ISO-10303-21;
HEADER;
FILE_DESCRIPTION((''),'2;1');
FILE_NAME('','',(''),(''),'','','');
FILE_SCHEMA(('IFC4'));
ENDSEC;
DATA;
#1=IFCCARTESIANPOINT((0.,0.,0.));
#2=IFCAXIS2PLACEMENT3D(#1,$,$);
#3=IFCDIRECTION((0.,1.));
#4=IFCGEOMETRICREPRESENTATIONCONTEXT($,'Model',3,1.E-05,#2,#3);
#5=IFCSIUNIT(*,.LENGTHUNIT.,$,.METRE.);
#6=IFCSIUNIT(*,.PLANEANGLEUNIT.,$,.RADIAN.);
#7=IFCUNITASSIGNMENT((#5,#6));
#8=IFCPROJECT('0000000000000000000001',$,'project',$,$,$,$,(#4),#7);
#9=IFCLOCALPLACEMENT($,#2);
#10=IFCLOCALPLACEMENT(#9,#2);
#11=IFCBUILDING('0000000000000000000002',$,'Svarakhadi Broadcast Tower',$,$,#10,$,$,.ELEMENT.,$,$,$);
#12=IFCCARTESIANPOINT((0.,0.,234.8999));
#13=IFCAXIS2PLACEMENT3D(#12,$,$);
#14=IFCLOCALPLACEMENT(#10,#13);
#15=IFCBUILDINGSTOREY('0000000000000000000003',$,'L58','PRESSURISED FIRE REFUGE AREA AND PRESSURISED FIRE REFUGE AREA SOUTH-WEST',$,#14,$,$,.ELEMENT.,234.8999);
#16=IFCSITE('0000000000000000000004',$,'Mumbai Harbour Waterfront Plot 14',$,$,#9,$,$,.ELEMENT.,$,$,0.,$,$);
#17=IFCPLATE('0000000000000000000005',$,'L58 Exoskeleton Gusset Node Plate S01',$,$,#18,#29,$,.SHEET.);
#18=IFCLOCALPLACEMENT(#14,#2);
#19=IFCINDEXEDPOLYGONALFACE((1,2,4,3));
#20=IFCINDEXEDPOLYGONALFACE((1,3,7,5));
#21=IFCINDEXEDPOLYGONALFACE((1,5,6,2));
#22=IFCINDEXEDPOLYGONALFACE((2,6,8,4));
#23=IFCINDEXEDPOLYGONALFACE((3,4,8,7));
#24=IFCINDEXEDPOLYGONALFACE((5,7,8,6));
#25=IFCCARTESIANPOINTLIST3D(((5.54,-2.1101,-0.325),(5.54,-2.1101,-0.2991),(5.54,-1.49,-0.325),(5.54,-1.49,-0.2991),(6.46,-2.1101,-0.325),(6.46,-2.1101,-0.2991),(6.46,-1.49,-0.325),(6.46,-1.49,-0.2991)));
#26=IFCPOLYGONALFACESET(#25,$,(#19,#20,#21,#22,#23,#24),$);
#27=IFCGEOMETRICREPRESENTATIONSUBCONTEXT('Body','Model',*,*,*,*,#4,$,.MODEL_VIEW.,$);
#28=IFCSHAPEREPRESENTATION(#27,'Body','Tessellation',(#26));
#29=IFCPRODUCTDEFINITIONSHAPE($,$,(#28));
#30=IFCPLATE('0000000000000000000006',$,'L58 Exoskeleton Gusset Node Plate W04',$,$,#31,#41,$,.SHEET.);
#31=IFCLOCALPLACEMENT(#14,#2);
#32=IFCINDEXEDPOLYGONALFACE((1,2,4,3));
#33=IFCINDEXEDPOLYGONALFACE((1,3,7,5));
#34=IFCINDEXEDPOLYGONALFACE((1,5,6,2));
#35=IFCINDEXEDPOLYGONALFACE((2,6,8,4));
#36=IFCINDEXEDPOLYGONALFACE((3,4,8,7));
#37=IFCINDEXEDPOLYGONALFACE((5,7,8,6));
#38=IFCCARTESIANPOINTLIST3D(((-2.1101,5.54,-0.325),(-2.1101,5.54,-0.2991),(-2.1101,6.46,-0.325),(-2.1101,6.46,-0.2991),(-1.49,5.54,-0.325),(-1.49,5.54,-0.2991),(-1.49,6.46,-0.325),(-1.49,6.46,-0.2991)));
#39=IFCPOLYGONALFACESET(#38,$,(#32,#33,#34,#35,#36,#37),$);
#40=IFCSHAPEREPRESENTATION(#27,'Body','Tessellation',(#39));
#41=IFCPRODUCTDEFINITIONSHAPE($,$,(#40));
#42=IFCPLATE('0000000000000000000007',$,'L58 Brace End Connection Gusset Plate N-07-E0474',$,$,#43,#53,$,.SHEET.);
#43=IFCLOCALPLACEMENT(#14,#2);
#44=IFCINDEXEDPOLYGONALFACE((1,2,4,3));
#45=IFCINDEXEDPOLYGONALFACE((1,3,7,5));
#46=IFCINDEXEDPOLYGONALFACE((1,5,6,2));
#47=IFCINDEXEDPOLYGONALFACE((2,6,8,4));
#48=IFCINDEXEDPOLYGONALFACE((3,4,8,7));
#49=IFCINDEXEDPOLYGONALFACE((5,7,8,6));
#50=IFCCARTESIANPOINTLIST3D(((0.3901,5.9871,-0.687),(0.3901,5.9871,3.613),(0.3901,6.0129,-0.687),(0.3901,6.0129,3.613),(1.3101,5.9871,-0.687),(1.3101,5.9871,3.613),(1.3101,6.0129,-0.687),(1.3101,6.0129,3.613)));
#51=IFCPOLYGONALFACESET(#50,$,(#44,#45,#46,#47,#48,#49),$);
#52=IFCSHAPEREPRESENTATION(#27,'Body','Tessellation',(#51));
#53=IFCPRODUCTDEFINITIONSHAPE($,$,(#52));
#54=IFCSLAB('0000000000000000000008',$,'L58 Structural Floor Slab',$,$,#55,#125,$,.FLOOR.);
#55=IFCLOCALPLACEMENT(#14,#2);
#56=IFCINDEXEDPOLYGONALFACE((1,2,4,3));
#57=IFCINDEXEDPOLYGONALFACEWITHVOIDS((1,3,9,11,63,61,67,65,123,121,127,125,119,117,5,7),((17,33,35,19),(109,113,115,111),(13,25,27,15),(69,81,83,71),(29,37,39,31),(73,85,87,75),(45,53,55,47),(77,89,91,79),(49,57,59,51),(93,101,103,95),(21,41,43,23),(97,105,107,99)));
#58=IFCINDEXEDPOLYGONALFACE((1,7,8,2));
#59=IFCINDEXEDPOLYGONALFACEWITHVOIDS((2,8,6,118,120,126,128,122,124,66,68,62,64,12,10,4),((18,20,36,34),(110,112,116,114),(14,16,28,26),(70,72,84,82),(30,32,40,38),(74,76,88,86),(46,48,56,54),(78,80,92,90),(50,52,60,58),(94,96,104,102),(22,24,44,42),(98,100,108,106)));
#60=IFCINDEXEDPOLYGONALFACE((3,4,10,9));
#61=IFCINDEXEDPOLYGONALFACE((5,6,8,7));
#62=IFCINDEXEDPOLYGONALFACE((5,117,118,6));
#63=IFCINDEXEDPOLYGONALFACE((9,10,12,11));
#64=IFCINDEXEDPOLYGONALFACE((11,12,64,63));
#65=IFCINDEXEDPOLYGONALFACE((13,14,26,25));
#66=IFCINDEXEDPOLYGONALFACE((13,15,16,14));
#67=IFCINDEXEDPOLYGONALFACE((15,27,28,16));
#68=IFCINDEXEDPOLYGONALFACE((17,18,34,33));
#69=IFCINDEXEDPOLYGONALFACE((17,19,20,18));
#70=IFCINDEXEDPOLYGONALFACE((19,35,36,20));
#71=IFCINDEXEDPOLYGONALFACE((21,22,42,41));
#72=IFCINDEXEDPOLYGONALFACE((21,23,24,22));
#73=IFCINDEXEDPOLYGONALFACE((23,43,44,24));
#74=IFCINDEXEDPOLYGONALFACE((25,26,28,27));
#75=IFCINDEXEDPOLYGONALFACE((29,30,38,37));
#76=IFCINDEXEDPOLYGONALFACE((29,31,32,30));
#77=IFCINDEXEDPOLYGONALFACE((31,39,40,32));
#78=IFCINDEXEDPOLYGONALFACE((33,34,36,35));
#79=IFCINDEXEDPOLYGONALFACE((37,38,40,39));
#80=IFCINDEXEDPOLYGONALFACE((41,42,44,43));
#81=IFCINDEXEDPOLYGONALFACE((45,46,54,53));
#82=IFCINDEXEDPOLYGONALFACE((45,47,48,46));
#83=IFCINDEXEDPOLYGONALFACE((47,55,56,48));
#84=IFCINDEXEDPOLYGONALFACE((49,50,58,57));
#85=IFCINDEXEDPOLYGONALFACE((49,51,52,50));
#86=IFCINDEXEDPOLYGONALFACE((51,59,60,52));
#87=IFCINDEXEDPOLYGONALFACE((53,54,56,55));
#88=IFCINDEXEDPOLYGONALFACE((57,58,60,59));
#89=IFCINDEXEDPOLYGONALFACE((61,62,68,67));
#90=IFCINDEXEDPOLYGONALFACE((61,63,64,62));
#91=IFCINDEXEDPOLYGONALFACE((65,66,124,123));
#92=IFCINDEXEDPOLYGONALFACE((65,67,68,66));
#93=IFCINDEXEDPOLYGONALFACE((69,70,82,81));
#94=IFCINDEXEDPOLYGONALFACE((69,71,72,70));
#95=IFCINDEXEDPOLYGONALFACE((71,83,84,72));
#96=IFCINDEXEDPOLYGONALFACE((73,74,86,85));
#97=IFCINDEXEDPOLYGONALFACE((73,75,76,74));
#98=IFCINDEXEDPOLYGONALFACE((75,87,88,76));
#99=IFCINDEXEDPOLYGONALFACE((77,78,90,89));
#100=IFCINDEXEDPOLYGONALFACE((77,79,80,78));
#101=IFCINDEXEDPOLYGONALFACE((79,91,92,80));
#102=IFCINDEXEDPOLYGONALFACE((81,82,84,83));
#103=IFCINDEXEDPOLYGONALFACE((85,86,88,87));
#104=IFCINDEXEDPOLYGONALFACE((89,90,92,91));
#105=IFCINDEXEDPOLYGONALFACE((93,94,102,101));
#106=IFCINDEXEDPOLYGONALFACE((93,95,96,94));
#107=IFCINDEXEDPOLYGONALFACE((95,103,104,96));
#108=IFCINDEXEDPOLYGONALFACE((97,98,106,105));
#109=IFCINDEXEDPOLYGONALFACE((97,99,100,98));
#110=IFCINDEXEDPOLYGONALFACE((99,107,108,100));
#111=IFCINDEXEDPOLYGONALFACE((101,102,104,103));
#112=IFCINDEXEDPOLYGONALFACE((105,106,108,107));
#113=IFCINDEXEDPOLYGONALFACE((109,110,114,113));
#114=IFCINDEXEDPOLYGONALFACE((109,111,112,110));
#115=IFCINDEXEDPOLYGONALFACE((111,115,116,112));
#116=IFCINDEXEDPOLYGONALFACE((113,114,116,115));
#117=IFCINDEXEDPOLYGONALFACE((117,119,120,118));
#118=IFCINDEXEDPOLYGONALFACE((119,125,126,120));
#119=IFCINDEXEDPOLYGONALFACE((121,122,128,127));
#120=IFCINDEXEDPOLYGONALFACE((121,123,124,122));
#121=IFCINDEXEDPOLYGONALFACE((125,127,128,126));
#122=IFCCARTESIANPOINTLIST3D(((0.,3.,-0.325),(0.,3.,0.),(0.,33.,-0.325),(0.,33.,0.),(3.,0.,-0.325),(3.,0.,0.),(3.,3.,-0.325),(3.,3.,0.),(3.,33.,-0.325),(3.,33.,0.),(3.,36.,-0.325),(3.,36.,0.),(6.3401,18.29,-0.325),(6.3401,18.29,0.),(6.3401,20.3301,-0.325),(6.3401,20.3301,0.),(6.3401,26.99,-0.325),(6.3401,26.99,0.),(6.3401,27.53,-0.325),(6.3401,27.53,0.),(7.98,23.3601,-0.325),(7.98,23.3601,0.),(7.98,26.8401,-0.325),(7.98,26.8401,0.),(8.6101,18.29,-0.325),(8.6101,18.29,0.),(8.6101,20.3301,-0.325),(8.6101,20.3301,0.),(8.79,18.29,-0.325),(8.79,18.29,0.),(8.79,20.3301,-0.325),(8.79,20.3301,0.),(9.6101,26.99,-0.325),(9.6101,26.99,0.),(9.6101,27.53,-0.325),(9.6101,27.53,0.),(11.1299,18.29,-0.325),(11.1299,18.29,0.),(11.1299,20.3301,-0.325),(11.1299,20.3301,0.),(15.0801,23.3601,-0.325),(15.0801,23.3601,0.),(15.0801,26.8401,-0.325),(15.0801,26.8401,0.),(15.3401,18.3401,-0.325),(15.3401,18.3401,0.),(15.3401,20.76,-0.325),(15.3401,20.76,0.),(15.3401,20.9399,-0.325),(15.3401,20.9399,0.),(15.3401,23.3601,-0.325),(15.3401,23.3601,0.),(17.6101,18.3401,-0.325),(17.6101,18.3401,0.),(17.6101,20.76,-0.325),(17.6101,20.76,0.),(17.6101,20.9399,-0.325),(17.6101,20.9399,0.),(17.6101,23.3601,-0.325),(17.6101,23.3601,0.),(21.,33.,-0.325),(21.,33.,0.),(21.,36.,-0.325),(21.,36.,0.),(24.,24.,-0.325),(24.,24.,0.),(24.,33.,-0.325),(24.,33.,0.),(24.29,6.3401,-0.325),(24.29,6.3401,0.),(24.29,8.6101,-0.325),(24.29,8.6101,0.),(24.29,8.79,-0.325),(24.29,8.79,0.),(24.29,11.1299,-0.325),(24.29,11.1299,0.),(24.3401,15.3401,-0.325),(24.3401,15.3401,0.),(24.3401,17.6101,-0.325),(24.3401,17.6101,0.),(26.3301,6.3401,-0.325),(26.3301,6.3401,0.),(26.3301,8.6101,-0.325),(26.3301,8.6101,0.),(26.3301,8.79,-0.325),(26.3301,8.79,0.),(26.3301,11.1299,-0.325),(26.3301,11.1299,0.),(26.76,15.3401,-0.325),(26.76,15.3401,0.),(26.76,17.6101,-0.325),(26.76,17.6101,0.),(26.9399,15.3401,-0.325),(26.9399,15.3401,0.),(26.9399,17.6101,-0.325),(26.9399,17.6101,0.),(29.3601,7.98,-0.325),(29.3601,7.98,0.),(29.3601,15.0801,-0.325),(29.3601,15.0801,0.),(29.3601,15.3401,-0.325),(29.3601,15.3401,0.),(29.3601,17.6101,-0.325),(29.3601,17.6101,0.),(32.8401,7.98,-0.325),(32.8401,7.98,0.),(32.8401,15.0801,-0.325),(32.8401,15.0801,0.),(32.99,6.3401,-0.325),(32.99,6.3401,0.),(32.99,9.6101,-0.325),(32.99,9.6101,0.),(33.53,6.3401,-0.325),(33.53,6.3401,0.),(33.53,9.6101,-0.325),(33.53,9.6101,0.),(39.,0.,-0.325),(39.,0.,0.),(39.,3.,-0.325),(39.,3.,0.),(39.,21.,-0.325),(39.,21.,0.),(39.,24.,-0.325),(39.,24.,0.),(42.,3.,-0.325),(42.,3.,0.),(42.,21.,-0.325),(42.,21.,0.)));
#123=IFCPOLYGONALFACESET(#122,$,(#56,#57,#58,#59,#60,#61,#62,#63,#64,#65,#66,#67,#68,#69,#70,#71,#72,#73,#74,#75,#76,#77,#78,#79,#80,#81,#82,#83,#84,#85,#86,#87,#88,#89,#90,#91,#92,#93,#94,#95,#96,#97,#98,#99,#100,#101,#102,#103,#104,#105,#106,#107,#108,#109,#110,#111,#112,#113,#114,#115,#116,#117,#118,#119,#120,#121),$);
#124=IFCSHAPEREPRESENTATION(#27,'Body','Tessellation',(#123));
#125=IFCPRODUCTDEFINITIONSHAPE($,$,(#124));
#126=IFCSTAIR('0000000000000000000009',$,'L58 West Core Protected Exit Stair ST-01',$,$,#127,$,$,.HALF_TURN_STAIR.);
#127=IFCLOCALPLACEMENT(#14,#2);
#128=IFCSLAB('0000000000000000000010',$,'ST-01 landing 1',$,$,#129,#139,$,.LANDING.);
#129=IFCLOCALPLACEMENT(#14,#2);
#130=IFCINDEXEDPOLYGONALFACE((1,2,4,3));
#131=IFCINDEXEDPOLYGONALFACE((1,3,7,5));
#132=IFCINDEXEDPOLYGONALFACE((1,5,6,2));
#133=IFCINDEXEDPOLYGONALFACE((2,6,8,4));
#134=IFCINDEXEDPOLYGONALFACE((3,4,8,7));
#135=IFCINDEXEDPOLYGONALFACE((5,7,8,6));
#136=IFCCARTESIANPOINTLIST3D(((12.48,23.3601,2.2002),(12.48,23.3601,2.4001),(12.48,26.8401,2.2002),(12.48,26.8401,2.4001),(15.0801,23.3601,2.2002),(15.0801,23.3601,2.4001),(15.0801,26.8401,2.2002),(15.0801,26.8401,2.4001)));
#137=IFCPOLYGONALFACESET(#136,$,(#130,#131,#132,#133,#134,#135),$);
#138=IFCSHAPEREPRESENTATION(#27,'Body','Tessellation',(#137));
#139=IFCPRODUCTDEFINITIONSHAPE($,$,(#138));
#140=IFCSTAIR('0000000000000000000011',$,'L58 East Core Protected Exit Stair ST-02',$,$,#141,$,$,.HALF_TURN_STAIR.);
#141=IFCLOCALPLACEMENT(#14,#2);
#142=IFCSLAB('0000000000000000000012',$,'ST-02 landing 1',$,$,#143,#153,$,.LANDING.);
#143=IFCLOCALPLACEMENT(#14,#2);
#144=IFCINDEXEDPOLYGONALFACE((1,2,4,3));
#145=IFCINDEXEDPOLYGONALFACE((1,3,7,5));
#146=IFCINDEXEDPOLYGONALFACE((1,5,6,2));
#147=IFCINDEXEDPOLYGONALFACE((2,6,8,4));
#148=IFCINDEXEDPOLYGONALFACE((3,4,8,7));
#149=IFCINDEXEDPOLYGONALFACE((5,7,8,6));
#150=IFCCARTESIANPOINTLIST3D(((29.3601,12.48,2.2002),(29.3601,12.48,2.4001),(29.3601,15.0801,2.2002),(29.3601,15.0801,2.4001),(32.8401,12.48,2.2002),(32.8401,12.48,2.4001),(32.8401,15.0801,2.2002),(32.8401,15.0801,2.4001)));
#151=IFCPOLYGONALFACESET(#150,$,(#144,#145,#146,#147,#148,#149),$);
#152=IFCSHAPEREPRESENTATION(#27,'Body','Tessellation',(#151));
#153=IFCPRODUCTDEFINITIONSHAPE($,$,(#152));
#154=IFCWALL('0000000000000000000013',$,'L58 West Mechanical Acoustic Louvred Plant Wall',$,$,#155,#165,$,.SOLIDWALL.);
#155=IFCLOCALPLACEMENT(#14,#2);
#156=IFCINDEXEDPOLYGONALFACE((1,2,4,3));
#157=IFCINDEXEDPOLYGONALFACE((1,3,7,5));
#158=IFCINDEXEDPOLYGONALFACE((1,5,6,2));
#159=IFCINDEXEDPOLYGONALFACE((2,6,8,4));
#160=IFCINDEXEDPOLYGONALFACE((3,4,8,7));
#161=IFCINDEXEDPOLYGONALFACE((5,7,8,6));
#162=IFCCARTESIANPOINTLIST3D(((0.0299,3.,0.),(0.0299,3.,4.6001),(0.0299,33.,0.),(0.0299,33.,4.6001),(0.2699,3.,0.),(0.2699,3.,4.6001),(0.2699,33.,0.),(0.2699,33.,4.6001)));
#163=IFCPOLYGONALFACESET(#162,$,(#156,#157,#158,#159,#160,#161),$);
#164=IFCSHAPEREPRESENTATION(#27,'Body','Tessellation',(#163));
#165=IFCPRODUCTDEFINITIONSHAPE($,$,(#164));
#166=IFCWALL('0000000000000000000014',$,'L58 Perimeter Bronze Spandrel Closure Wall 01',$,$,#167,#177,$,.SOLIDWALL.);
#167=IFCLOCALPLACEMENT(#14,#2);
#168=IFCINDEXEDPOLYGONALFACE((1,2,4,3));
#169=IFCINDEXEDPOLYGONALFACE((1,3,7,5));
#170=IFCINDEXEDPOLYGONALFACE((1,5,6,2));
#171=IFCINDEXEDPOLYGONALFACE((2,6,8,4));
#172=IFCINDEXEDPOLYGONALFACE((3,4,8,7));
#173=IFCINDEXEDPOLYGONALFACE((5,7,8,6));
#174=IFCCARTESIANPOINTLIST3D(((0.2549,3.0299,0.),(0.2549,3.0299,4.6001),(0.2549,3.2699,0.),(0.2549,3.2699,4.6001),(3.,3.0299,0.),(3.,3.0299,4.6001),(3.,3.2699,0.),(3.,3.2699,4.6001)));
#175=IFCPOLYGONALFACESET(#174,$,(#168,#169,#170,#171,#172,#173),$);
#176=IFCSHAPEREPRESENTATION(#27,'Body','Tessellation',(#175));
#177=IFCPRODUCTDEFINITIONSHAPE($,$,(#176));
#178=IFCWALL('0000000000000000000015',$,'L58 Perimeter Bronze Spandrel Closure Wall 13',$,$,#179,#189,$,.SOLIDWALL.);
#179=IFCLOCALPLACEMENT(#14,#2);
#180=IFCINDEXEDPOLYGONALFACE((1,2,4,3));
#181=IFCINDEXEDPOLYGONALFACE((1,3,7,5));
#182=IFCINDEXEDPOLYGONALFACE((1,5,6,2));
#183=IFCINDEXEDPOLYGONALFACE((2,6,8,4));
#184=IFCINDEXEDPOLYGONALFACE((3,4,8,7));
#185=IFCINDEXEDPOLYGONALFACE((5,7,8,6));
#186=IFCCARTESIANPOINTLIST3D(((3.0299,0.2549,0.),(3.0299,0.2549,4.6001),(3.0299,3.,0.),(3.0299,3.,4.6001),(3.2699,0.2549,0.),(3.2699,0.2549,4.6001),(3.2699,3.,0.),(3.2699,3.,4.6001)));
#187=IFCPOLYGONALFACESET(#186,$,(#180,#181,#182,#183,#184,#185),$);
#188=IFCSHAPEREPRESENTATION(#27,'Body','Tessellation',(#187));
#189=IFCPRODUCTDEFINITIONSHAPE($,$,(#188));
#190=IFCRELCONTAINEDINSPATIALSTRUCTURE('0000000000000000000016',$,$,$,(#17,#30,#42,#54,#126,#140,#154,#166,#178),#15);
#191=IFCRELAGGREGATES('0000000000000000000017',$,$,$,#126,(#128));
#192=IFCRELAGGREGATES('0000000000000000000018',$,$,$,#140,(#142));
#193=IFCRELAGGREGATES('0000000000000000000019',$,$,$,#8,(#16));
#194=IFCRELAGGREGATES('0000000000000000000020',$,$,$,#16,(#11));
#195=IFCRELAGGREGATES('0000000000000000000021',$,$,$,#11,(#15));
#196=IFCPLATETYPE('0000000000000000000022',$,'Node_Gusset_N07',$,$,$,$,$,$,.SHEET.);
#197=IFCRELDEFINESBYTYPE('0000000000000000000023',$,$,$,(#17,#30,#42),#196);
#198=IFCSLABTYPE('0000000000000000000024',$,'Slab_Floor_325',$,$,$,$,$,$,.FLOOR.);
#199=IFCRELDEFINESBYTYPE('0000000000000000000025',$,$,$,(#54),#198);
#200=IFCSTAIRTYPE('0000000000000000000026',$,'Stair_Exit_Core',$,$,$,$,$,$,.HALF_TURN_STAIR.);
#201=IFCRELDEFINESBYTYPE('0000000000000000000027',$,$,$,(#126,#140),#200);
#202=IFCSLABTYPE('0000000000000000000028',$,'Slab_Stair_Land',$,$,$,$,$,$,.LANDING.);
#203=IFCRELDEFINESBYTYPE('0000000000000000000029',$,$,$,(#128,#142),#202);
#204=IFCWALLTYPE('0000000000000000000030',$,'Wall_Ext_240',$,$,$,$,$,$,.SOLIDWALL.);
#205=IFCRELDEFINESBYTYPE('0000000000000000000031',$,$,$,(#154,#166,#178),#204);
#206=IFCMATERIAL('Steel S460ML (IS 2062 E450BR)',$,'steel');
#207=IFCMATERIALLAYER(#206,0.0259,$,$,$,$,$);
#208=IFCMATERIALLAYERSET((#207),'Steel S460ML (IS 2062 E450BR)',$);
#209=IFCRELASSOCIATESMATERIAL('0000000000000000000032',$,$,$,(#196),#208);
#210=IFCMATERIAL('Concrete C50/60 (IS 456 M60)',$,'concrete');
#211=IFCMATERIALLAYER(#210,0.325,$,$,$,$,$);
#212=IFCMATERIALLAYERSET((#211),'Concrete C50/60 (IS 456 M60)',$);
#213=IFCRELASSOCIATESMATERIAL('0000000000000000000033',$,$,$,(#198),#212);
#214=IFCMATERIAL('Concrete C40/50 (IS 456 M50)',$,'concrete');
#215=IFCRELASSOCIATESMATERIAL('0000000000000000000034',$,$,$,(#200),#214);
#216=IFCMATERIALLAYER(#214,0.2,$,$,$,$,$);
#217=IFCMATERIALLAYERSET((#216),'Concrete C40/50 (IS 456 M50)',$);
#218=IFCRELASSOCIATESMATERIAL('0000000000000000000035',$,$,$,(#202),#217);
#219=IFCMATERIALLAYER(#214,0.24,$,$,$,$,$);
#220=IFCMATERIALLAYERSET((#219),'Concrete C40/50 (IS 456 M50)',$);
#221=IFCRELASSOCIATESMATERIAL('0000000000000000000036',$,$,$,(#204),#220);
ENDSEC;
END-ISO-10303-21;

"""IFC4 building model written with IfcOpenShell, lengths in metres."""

from ifc_helpers import new_model, si_unit, direction, frame, frame_2d, origin, origin_2d, place, context, subcontext, project, spatial, polyline, rectangle, outline, extrude, material, layer, layer_set, type_object, element, aggregate, save


model = new_model("IFC4")

# Units and contexts
model_context = context("Model", 3, precision=1e-05, world=origin(), true_north=direction((0.0, 1.0)))
body_context = subcontext(model_context, "Body", "Model", "MODEL_VIEW")
ifc_project = project(units=[si_unit("LENGTHUNIT", "METRE"), si_unit("PLANEANGLEUNIT", "RADIAN")], contexts=[model_context])

# Site, building, storey
site_placement = place(None, origin())
site = spatial("IfcSite", under=ifc_project, at=site_placement, Name="Mumbai Harbour Waterfront Plot 14", CompositionType="ELEMENT", RefElevation=0.0)
building_placement = place(site_placement, origin())
building = spatial("IfcBuilding", under=site, at=building_placement, Name="Svarakhadi Broadcast Tower", CompositionType="ELEMENT")
storey_placement = place(building_placement, frame((0.0, 0.0, 234.8999)))
storey = spatial("IfcBuildingStorey", under=building, at=storey_placement, Name="L58", Description="PRESSURISED FIRE REFUGE AREA AND PRESSURISED FIRE REFUGE AREA SOUTH-WEST", CompositionType="ELEMENT", Elevation=234.8999)

# Shared definitions
ifc_material_1 = material(Name="Steel S460ML (IS 2062 E450BR)", Category="steel")

# Plates
ifc_layer_1 = layer(ifc_material_1, 0.0259)
ifc_layer_set_1 = layer_set([ifc_layer_1], Name="Steel S460ML (IS 2062 E450BR)")
plate_type = type_object("IfcPlateType", Name="Node_Gusset_N07", PredefinedType="SHEET", material=ifc_layer_set_1)
for number, where, z_axis, x_axis, name in (
    (1, (6.0, -1.8, -0.325), (0.0, 0.0, 1.0), (1.0, 0.0, 0.0), "L58 Exoskeleton Gusset Node Plate S01"),
    (2, (-1.8, 6.0, -0.325), (0.0, 0.0, 1.0), (0.0, 1.0, 0.0), "L58 Exoskeleton Gusset Node Plate W04"),
):
    element("IfcPlate", number, at=place(storey_placement, frame(where, z_axis=z_axis, x_axis=x_axis)), inside=storey, type_object=plate_type, Name=name, PredefinedType="SHEET", context=body_context, shape_type="SweptSolid", body=[
        extrude(rectangle(XDim=0.9199, YDim=0.6201, at=origin_2d()), origin(), (0.0, 0.0, 1.0), 0.0259),
    ])
plate_placement = place(storey_placement, frame((0.8501, 6.0, -0.687), z_axis=(0.0, 0.0, 1.0), x_axis=(1.0, 0.0, 0.0)))
element("IfcPlate", 3, at=plate_placement, inside=storey, type_object=plate_type, Name="L58 Brace End Connection Gusset Plate N-07-E0474", PredefinedType="SHEET", context=body_context, shape_type="SweptSolid", body=[
    extrude(rectangle(XDim=0.9199, YDim=0.0259, at=origin_2d()), origin(), (0.0, 0.0, 1.0), 4.3),
])

# Slab
ifc_material_2 = material(Name="Concrete C50/60 (IS 456 M60)", Category="concrete")
ifc_layer_2 = layer(ifc_material_2, 0.325)
ifc_layer_set_2 = layer_set([ifc_layer_2], Name="Concrete C50/60 (IS 456 M60)")
slab_type_1 = type_object("IfcSlabType", Name="Slab_Floor_325", PredefinedType="FLOOR", material=ifc_layer_set_2)
slab_1_placement = place(storey_placement, frame((0.0, 0.0, -0.325)))
element("IfcSlab", 4, at=slab_1_placement, inside=storey, type_object=slab_type_1, Name="L58 Structural Floor Slab", PredefinedType="FLOOR", context=body_context, shape_type="SweptSolid", body=[
    extrude(outline(polyline([(3.0, 0.0), (39.0, 0.0), (39.0, 3.0), (42.0, 3.0), (42.0, 21.0), (39.0, 21.0), (39.0, 24.0), (24.0, 24.0), (24.0, 33.0), (21.0, 33.0), (21.0, 36.0), (3.0, 36.0), (3.0, 33.0), (0.0, 33.0), (0.0, 3.0), (3.0, 3.0), (3.0, 0.0)]), holes=[polyline([(7.98, 23.3601), (15.0801, 23.3601), (15.0801, 26.8401), (7.98, 26.8401), (7.98, 23.3601)]), polyline([(32.8401, 7.98), (32.8401, 15.0801), (29.3601, 15.0801), (29.3601, 7.98), (32.8401, 7.98)]), polyline([(6.3401, 18.29), (8.6101, 18.29), (8.6101, 20.3301), (6.3401, 20.3301), (6.3401, 18.29)]), polyline([(8.79, 18.29), (11.1299, 18.29), (11.1299, 20.3301), (8.79, 20.3301), (8.79, 18.29)]), polyline([(24.29, 6.3401), (26.3301, 6.3401), (26.3301, 8.6101), (24.29, 8.6101), (24.29, 6.3401)]), polyline([(24.29, 8.79), (26.3301, 8.79), (26.3301, 11.1299), (24.29, 11.1299), (24.29, 8.79)]), polyline([(6.3401, 26.99), (9.6101, 26.99), (9.6101, 27.53), (6.3401, 27.53), (6.3401, 26.99)]), polyline([(32.99, 6.3401), (33.53, 6.3401), (33.53, 9.6101), (32.99, 9.6101), (32.99, 6.3401)]), polyline([(15.3401, 18.3401), (17.6101, 18.3401), (17.6101, 20.76), (15.3401, 20.76), (15.3401, 18.3401)]), polyline([(15.3401, 20.9399), (17.6101, 20.9399), (17.6101, 23.3601), (15.3401, 23.3601), (15.3401, 20.9399)]), polyline([(24.3401, 15.3401), (26.76, 15.3401), (26.76, 17.6101), (24.3401, 17.6101), (24.3401, 15.3401)]), polyline([(26.9399, 15.3401), (29.3601, 15.3401), (29.3601, 17.6101), (26.9399, 17.6101), (26.9399, 15.3401)])]), origin(), (0.0, 0.0, 1.0), 0.325),
])

# Stairs, slabs
ifc_material_3 = material(Name="Concrete C40/50 (IS 456 M50)", Category="concrete")
stair_type = type_object("IfcStairType", Name="Stair_Exit_Core", PredefinedType="HALF_TURN_STAIR", material=ifc_material_3)
stair_1_placement = place(storey_placement, origin())
stair_1 = element("IfcStair", 5, at=stair_1_placement, inside=storey, type_object=stair_type, Name="L58 West Core Protected Exit Stair ST-01", PredefinedType="HALF_TURN_STAIR")
ifc_layer_3 = layer(ifc_material_3, 0.2)
ifc_layer_set_3 = layer_set([ifc_layer_3], Name="Concrete C40/50 (IS 456 M50)")
slab_type_2 = type_object("IfcSlabType", Name="Slab_Stair_Land", PredefinedType="LANDING", material=ifc_layer_set_3)
slab_2_placement = place(storey_placement, frame((0.0, 0.0, 2.2002)))
slab_2 = element("IfcSlab", 6, at=slab_2_placement, type_object=slab_type_2, Name="ST-01 landing 1", PredefinedType="LANDING", context=body_context, shape_type="SweptSolid", body=[
    extrude(outline(polyline([(12.48, 23.3601), (15.0801, 23.3601), (15.0801, 26.8401), (12.48, 26.8401), (12.48, 23.3601)])), origin(), (0.0, 0.0, 1.0), 0.2),
])
aggregate(stair_1, [slab_2])
stair_2_placement = place(storey_placement, origin())
stair_2 = element("IfcStair", 7, at=stair_2_placement, inside=storey, type_object=stair_type, Name="L58 East Core Protected Exit Stair ST-02", PredefinedType="HALF_TURN_STAIR")
slab_3_placement = place(storey_placement, frame((0.0, 0.0, 2.2002)))
slab_3 = element("IfcSlab", 8, at=slab_3_placement, type_object=slab_type_2, Name="ST-02 landing 1", PredefinedType="LANDING", context=body_context, shape_type="SweptSolid", body=[
    extrude(outline(polyline([(32.8401, 12.48), (32.8401, 15.0801), (29.3601, 15.0801), (29.3601, 12.48), (32.8401, 12.48)])), origin(), (0.0, 0.0, 1.0), 0.2),
])
aggregate(stair_2, [slab_3])

# Walls
ifc_layer_4 = layer(ifc_material_3, 0.24)
ifc_layer_set_4 = layer_set([ifc_layer_4], Name="Concrete C40/50 (IS 456 M50)")
wall_type = type_object("IfcWallType", Name="Wall_Ext_240", PredefinedType="SOLIDWALL", material=ifc_layer_set_4)
wall_placement = place(storey_placement, frame((0.1499, 3.0, 0.0), z_axis=(0.0, 0.0, 1.0), x_axis=(0.0, 1.0, 0.0)))
element("IfcWall", 9, at=wall_placement, inside=storey, type_object=wall_type, Name="L58 West Mechanical Acoustic Louvred Plant Wall", PredefinedType="SOLIDWALL", context=body_context, shape_type="SweptSolid", body=[
    extrude(rectangle(XDim=30.0, YDim=0.24, at=frame_2d((15.0, 0.0))), origin(), (0.0, 0.0, 1.0), 4.6001),
])
for number, where, z_axis, x_axis, name in (
    (10, (3.0, 3.1499, 0.0), (0.0, 0.0, 1.0), (-1.0, 0.0, 0.0), "L58 Perimeter Bronze Spandrel Closure Wall 01"),
    (11, (3.1499, 0.2549, 0.0), (0.0, 0.0, 1.0), (0.0, 1.0, 0.0), "L58 Perimeter Bronze Spandrel Closure Wall 13"),
):
    element("IfcWall", number, at=place(storey_placement, frame(where, z_axis=z_axis, x_axis=x_axis)), inside=storey, type_object=wall_type, Name=name, PredefinedType="SOLIDWALL", context=body_context, shape_type="SweptSolid", body=[
        extrude(rectangle(XDim=2.7451, YDim=0.24, at=frame_2d((1.3726, 0.0))), origin(), (0.0, 0.0, 1.0), 4.6001),
    ])

save(model, "model.ifc")
